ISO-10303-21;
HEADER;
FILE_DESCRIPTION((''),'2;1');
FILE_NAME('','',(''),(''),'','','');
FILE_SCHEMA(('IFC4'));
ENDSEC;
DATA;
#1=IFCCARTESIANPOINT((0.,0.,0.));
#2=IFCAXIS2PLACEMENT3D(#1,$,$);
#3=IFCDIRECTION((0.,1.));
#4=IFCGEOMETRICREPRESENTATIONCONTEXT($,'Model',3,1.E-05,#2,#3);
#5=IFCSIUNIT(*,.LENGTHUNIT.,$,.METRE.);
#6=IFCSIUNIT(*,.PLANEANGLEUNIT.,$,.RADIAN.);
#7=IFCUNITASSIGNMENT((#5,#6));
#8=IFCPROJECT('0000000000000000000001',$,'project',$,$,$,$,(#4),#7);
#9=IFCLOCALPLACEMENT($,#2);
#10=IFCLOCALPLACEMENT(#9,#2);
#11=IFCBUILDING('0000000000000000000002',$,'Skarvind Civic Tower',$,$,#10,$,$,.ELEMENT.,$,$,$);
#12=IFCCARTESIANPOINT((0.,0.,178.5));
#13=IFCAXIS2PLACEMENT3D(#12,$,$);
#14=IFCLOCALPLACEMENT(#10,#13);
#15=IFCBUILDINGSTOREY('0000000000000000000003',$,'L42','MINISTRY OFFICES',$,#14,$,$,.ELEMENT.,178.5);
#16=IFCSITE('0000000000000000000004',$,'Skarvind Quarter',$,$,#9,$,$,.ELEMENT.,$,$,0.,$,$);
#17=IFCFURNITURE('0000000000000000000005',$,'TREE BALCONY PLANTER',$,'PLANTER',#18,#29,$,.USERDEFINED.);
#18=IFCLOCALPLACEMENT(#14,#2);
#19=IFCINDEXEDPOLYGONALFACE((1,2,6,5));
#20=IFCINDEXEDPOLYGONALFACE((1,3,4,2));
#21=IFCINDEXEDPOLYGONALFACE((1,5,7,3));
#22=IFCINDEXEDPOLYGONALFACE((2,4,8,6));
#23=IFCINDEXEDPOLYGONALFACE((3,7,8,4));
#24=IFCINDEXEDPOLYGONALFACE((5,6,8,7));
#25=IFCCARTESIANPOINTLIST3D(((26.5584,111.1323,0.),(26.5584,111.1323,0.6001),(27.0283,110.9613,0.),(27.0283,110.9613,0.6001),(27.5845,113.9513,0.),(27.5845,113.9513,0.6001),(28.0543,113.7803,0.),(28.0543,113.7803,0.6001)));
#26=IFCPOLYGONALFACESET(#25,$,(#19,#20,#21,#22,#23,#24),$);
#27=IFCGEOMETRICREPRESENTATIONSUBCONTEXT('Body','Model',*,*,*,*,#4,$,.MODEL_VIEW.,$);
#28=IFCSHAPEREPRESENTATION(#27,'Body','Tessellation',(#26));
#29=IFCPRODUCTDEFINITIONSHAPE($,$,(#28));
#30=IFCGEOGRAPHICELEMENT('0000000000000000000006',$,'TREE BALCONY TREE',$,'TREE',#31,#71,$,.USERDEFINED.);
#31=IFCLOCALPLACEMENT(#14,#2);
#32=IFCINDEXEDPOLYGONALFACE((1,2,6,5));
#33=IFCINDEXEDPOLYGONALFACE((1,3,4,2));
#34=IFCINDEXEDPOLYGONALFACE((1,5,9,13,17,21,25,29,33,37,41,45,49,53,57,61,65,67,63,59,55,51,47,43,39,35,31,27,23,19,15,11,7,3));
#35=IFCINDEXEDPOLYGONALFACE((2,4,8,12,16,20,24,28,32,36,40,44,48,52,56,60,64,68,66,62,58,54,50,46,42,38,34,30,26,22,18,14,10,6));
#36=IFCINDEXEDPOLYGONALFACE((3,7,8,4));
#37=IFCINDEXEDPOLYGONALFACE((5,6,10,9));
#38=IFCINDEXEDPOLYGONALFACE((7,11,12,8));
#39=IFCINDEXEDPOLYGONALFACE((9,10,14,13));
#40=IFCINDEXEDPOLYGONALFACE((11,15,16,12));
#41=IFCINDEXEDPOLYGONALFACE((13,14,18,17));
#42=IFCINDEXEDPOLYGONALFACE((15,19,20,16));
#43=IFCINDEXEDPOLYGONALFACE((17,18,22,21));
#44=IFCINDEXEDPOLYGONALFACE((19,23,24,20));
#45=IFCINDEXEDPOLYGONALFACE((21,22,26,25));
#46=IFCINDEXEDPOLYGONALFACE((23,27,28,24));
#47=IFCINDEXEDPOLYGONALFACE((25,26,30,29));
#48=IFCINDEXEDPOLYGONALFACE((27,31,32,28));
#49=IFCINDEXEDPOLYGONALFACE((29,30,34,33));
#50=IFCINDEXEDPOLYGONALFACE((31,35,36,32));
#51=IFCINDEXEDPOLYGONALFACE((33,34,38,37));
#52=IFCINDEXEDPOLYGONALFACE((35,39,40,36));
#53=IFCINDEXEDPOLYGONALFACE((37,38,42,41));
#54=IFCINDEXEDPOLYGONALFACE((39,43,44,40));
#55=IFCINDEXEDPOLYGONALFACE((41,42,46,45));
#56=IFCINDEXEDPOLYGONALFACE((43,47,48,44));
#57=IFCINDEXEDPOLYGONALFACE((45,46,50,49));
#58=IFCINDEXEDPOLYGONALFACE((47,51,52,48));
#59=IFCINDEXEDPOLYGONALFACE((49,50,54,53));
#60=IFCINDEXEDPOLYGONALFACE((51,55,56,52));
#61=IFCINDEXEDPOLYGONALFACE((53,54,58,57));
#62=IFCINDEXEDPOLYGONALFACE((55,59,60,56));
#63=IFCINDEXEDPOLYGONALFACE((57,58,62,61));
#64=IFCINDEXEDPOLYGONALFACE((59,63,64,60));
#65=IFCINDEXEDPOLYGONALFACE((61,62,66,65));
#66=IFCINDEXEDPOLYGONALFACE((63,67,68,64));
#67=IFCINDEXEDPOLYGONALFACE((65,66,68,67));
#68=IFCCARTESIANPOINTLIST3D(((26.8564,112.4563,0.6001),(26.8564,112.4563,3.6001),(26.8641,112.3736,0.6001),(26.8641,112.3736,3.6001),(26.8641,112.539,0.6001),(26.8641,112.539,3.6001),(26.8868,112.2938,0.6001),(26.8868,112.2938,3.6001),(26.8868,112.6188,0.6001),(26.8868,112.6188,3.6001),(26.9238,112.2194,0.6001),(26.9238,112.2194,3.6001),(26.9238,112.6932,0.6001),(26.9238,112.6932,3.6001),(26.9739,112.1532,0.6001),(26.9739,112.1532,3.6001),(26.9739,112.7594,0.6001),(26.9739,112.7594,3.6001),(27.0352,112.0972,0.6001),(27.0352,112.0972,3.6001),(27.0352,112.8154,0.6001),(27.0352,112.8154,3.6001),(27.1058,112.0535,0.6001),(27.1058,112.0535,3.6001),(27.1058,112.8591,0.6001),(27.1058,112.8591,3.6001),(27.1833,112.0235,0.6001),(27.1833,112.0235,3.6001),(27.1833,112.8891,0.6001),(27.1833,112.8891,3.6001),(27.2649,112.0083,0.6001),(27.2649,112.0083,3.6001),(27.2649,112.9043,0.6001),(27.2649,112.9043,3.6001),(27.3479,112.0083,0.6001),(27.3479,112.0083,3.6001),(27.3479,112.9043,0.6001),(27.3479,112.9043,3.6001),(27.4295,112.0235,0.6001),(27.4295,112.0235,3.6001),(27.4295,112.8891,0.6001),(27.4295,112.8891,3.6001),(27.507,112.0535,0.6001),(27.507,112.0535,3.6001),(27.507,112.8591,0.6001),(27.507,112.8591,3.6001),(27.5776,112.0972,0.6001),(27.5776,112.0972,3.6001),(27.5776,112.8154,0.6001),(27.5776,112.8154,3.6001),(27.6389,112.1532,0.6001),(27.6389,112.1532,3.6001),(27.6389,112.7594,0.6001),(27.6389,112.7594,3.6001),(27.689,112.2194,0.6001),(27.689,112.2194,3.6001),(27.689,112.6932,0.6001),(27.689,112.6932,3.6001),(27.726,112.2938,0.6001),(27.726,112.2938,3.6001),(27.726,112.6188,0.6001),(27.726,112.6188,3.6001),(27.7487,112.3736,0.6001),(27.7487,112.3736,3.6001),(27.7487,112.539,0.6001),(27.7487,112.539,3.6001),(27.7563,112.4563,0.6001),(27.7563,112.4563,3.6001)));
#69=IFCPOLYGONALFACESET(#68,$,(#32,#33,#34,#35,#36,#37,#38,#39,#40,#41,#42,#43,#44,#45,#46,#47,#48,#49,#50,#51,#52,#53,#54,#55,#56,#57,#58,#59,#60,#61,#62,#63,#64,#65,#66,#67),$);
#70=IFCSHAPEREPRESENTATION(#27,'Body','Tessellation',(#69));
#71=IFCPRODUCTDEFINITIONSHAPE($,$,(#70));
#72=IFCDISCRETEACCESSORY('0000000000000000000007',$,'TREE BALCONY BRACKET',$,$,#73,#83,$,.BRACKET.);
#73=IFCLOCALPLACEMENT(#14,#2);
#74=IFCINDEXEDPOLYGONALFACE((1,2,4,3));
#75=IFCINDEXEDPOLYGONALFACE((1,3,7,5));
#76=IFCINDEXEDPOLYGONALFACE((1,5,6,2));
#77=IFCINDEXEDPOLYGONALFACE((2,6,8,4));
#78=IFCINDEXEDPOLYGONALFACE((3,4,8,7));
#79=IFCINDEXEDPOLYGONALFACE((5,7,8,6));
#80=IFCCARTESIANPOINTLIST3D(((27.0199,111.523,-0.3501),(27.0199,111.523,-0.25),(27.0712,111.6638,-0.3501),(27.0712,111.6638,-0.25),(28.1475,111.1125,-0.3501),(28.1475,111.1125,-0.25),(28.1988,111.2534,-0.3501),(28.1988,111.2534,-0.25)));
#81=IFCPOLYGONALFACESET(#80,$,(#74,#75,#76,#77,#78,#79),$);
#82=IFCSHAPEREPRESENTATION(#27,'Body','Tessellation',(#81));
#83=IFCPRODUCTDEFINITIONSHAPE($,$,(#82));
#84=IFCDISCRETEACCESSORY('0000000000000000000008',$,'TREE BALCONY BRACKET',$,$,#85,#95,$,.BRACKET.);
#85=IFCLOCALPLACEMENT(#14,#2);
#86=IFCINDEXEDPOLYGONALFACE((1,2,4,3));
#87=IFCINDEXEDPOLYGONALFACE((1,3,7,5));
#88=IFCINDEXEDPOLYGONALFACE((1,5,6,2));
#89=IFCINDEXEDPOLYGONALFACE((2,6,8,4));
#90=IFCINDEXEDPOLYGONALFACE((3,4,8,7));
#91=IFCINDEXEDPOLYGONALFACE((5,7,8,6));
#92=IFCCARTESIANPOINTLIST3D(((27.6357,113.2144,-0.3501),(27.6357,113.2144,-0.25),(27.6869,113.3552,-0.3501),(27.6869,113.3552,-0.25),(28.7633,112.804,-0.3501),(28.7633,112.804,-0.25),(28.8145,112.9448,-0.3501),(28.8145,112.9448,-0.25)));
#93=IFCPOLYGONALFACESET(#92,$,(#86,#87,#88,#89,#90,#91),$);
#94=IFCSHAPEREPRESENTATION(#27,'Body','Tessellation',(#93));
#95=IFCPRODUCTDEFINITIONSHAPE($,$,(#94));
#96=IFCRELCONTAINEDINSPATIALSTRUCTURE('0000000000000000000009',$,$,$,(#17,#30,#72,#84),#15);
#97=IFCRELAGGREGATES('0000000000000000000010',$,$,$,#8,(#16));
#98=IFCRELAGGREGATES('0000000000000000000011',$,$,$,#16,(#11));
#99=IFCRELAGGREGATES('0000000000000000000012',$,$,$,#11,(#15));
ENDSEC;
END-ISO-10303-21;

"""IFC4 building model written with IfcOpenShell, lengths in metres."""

from ifc_helpers import new_model, si_unit, direction, frame, origin, origin_2d, place, context, subcontext, project, spatial, rectangle, circle, extrude, element, save


model = new_model("IFC4")

# Units and contexts
model_context = context("Model", 3, precision=1e-05, world=origin(), true_north=direction((0.0, 1.0)))
body_context = subcontext(model_context, "Body", "Model", "MODEL_VIEW")
ifc_project = project(units=[si_unit("LENGTHUNIT", "METRE"), si_unit("PLANEANGLEUNIT", "RADIAN")], contexts=[model_context])

# Site, building, storey
site_placement = place(None, origin())
site = spatial("IfcSite", under=ifc_project, at=site_placement, Name="Skarvind Quarter", CompositionType="ELEMENT", RefElevation=0.0)
building_placement = place(site_placement, origin())
building = spatial("IfcBuilding", under=site, at=building_placement, Name="Skarvind Civic Tower", CompositionType="ELEMENT")
storey_placement = place(building_placement, frame((0.0, 0.0, 178.5)))
storey = spatial("IfcBuildingStorey", under=building, at=storey_placement, Name="L42", Description="MINISTRY OFFICES", CompositionType="ELEMENT", Elevation=178.5)

# Furniture
furniture_placement = place(storey_placement, frame((27.3064, 112.4563, 0.0), z_axis=(0.0, 0.0, 1.0), x_axis=(0.34202, 0.939693, 0.0)))
element("IfcFurniture", 1, at=furniture_placement, inside=storey, Name="TREE BALCONY PLANTER", ObjectType="PLANTER", PredefinedType="USERDEFINED", context=body_context, shape_type="SweptSolid", body=[
    extrude(rectangle(XDim=3.0, YDim=0.5, at=origin_2d()), origin(), (0.0, 0.0, 1.0), 0.6001),
])

# Geographic element
geographic_element_placement = place(storey_placement, frame((27.3064, 112.4563, 0.6001), z_axis=(0.0, 0.0, 1.0), x_axis=(1.0, 0.0, 0.0)))
element("IfcGeographicElement", 2, at=geographic_element_placement, inside=storey, Name="TREE BALCONY TREE", ObjectType="TREE", PredefinedType="USERDEFINED", context=body_context, shape_type="SweptSolid", body=[
    extrude(circle(Radius=0.45, at=origin_2d()), origin(), (0.0, 0.0, 1.0), 3.0),
])

# Discrete accessories
for number, where, z_axis, x_axis, name in (
    (3, (27.6094, 111.3882, -0.3501), (0.0, 0.0, 1.0), (0.34202, 0.939693, 0.0), "TREE BALCONY BRACKET"),
    (4, (28.2251, 113.0796, -0.3501), (0.0, 0.0, 1.0), (0.34202, 0.939693, 0.0), "TREE BALCONY BRACKET"),
):
    element("IfcDiscreteAccessory", number, at=place(storey_placement, frame(where, z_axis=z_axis, x_axis=x_axis)), inside=storey, Name=name, PredefinedType="BRACKET", context=body_context, shape_type="SweptSolid", body=[
        extrude(rectangle(XDim=0.1499, YDim=1.2, at=origin_2d()), origin(), (0.0, 0.0, 1.0), 0.1001),
    ])

save(model, "model.ifc")
